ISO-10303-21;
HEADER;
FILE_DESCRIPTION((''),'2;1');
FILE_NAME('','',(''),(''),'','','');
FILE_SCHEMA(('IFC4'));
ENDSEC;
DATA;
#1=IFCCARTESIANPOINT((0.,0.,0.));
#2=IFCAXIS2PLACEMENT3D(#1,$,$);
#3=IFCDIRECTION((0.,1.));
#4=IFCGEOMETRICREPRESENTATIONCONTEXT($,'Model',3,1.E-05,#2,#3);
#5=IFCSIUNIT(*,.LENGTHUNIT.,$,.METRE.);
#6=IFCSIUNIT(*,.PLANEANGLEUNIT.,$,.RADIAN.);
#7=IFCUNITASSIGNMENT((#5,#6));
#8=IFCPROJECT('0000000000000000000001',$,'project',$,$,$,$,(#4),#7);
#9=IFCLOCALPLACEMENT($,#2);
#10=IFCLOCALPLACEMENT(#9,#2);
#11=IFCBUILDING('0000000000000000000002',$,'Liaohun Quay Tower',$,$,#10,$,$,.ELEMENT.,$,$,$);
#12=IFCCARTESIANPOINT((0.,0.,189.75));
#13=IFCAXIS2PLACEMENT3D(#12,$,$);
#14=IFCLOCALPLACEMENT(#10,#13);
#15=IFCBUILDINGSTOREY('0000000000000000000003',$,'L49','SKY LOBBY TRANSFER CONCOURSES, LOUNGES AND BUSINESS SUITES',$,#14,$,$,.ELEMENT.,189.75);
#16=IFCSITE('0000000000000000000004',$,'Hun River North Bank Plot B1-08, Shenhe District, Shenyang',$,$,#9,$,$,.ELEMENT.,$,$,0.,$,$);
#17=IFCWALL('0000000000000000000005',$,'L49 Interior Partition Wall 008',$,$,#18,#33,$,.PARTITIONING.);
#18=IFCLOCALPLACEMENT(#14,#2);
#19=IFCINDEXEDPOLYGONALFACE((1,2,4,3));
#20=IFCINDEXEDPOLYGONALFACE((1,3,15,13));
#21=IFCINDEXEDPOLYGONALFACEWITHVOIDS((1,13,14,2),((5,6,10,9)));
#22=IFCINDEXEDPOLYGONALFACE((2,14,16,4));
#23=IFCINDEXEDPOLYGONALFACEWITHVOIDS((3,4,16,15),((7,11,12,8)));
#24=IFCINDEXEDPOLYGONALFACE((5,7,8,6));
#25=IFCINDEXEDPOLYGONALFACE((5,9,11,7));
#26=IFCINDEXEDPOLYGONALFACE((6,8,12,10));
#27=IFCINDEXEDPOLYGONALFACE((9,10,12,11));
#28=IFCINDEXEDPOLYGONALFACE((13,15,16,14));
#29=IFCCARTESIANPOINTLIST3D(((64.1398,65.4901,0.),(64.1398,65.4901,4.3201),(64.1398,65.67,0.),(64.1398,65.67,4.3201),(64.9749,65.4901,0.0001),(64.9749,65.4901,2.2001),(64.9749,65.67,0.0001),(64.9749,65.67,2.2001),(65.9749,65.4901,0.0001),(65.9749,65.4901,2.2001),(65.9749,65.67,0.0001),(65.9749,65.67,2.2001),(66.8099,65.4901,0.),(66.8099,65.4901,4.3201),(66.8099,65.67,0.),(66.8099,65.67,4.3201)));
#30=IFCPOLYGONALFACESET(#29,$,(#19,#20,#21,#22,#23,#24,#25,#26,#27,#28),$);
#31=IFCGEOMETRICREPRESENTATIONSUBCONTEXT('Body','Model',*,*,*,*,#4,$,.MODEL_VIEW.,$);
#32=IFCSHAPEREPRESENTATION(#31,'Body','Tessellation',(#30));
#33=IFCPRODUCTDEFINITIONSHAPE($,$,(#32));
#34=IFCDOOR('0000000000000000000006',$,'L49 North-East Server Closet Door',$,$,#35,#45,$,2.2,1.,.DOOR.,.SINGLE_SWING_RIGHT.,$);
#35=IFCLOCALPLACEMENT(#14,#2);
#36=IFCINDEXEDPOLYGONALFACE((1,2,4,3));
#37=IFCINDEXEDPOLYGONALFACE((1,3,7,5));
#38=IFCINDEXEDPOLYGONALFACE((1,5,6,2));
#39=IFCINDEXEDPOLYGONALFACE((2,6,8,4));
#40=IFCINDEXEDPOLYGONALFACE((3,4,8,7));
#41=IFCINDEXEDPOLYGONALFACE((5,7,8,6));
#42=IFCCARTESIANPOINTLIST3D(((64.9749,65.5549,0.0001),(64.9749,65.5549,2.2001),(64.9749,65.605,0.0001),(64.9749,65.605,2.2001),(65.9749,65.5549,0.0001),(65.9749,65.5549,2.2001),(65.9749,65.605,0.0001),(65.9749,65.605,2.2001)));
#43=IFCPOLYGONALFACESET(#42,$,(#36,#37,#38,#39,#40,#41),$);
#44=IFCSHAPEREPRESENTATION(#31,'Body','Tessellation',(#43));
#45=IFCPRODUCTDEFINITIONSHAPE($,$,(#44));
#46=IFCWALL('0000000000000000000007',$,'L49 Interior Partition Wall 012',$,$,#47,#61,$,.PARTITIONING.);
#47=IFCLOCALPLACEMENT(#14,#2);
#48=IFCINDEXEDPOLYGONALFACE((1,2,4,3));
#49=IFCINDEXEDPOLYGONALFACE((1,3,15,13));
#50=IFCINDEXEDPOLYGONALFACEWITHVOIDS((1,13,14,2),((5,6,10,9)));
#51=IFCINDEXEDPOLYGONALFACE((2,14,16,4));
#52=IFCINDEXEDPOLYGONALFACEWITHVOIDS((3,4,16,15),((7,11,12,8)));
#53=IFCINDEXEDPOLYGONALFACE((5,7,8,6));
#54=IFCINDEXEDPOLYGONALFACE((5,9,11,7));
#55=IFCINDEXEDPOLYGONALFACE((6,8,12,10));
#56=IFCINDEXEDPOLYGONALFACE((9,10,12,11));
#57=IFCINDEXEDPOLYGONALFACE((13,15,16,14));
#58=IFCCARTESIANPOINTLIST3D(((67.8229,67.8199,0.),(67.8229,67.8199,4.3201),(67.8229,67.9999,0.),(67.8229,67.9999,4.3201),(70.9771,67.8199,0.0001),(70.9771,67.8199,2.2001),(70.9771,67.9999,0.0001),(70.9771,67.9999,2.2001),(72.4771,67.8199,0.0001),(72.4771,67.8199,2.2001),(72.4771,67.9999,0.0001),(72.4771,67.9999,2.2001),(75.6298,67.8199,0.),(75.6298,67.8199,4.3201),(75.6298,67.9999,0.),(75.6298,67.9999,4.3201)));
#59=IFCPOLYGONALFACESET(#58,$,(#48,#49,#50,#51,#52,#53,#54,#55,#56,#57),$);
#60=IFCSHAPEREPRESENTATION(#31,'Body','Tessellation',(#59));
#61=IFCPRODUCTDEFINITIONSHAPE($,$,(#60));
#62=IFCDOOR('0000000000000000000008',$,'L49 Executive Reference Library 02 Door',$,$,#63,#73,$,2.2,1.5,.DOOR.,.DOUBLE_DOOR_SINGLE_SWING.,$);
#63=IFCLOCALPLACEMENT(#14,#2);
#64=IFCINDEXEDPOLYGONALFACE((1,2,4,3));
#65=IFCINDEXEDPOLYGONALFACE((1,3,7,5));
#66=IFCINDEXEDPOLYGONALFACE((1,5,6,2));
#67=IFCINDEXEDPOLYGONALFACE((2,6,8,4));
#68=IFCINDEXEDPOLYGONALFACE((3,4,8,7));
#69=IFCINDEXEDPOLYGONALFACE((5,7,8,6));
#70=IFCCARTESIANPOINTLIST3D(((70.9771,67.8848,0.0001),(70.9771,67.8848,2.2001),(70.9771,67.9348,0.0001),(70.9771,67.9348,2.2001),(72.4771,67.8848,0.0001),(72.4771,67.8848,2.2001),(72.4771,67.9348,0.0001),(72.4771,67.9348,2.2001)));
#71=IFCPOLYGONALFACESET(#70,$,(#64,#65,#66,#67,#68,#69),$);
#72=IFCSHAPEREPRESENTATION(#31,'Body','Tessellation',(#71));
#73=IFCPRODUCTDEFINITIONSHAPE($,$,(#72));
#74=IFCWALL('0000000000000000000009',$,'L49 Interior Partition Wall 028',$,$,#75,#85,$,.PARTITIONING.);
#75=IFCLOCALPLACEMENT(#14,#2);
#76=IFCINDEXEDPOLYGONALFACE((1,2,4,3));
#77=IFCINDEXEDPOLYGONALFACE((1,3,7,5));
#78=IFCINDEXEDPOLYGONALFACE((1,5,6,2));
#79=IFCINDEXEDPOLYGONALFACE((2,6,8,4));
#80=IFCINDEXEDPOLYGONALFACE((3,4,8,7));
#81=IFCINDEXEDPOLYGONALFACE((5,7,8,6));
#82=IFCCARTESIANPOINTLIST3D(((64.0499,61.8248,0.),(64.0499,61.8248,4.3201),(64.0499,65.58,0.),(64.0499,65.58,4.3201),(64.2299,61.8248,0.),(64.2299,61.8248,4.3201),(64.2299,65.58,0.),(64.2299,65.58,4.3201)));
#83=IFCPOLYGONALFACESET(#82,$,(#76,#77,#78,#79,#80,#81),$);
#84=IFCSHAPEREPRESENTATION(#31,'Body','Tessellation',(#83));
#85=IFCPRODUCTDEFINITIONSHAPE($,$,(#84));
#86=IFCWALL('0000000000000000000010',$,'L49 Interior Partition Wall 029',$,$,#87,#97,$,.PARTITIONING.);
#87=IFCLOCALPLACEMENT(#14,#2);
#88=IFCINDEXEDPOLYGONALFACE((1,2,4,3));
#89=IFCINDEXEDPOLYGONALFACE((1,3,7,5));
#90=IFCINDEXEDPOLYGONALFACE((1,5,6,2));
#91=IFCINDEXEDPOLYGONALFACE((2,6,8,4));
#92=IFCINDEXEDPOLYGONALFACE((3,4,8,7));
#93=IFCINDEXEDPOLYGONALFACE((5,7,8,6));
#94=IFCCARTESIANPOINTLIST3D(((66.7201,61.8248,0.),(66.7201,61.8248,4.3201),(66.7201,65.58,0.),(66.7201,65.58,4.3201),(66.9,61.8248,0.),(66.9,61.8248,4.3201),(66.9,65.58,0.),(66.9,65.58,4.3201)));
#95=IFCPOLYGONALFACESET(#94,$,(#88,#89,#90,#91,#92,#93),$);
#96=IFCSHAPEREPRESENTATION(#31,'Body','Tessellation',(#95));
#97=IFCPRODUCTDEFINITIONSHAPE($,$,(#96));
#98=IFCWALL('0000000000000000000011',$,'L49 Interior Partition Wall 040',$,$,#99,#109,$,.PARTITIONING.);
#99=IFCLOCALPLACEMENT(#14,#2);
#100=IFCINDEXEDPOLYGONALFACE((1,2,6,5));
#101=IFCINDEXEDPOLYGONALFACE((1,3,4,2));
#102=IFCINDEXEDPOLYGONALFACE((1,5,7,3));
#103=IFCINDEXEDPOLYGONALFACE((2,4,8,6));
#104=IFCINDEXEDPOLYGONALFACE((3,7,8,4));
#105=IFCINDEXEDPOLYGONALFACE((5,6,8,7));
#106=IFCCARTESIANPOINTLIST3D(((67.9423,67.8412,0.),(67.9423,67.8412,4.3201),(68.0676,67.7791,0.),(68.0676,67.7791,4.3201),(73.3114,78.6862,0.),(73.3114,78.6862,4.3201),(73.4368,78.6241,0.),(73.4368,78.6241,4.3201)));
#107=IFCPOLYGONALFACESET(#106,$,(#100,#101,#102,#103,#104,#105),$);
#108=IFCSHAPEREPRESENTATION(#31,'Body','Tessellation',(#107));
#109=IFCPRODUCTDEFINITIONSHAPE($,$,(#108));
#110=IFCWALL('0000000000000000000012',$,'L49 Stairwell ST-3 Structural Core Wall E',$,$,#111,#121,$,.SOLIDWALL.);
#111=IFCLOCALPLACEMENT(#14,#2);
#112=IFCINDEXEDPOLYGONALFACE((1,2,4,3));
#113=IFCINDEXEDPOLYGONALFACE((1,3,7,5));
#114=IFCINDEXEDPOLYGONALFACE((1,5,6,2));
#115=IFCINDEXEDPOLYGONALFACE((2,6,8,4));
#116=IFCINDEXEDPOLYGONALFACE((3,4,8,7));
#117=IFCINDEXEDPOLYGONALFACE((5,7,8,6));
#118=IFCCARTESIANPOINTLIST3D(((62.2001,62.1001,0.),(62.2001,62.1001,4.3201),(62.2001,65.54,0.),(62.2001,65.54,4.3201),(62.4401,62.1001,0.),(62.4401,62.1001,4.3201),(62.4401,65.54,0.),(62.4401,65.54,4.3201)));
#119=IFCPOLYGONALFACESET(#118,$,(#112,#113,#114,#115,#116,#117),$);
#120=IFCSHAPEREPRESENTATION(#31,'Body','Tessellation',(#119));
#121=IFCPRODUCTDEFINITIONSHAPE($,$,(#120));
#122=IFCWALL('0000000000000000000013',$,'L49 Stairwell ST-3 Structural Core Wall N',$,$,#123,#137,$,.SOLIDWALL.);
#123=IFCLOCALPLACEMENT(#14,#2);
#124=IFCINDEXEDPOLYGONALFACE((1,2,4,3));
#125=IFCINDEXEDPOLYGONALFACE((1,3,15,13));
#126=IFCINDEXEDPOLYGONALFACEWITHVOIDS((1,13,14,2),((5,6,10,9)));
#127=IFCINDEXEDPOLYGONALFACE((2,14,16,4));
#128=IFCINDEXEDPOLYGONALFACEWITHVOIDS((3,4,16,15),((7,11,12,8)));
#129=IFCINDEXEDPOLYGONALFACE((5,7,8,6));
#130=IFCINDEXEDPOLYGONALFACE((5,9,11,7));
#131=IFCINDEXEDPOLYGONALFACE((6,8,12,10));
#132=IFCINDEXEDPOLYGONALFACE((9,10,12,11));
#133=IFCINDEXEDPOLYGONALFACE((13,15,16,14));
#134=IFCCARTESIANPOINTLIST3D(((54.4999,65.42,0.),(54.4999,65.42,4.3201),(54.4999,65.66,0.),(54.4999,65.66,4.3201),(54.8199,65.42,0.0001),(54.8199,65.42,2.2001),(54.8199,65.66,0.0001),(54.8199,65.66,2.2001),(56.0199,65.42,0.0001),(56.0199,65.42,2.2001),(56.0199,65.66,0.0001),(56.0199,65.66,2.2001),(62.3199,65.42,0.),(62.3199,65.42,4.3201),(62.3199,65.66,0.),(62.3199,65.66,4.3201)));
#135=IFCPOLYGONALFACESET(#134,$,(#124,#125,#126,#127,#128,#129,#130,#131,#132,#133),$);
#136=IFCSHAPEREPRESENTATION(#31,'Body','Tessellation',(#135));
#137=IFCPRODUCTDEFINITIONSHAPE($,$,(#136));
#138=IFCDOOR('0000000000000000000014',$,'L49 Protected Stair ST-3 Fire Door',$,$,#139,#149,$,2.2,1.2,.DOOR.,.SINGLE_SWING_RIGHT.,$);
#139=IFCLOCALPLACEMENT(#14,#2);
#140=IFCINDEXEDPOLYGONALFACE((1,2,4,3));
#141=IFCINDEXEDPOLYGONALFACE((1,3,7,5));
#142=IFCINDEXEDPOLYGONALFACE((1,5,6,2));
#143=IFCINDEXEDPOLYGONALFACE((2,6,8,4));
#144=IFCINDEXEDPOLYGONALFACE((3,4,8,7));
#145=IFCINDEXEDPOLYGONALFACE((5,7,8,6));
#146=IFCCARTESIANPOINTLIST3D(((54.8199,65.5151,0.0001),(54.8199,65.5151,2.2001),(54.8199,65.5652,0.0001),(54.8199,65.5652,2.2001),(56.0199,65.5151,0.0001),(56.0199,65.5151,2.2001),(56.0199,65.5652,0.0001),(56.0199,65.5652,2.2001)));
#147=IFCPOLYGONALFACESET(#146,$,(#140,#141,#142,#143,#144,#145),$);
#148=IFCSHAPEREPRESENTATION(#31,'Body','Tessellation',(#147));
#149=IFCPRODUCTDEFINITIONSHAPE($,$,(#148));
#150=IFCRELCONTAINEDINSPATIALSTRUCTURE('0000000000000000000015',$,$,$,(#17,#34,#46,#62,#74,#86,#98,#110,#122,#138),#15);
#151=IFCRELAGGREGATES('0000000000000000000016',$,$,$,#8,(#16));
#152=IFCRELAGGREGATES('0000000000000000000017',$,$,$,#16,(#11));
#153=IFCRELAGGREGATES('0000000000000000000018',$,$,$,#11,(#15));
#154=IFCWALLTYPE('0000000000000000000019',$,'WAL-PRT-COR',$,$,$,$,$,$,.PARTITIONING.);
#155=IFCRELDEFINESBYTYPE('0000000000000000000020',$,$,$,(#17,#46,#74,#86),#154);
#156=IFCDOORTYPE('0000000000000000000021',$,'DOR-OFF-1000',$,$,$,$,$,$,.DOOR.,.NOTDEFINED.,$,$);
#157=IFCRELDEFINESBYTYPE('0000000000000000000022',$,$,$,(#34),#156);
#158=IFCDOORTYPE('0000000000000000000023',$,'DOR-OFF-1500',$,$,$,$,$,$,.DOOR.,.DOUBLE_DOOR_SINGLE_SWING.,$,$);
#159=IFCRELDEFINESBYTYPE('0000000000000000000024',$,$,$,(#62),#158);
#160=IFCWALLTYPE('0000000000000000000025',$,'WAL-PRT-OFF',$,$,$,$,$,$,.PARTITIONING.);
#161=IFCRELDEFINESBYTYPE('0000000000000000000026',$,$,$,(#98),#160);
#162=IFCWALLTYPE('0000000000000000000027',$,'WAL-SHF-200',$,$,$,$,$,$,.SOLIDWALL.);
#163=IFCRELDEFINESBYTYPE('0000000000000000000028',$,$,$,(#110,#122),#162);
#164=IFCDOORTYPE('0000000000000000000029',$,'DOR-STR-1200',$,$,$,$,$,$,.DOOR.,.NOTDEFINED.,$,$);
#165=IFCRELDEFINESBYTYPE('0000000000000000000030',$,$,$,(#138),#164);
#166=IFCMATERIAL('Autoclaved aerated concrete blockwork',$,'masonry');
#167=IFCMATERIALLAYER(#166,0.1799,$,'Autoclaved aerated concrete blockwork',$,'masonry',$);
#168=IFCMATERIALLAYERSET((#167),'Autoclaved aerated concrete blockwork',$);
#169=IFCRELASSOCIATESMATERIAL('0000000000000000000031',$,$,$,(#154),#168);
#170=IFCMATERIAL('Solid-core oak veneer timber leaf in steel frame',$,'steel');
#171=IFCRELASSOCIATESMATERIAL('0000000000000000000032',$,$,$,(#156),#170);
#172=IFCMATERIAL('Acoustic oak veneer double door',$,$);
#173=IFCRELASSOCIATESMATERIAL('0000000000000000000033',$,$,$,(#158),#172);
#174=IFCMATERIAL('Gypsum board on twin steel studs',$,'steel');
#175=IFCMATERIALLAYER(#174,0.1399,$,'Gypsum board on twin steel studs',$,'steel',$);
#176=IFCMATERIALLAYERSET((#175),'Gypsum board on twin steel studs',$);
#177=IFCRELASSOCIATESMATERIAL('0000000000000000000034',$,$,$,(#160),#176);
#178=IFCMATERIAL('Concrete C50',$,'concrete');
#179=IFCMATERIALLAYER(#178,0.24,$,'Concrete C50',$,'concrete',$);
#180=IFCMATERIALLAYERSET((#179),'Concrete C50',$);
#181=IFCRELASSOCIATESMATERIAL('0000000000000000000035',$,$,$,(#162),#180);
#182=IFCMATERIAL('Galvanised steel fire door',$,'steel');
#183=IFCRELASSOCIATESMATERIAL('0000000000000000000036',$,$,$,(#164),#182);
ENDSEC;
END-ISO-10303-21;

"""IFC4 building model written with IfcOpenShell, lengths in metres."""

from ifc_helpers import new_model, si_unit, direction, frame, frame_2d, origin, place, context, subcontext, project, spatial, rectangle, extrude, source, transform, mapped, material, layer, layer_set, type_object, element, fill, save


model = new_model("IFC4")

# Units and contexts
model_context = context("Model", 3, precision=1e-05, world=origin(), true_north=direction((0.0, 1.0)))
body_context = subcontext(model_context, "Body", "Model", "MODEL_VIEW")
ifc_project = project(units=[si_unit("LENGTHUNIT", "METRE"), si_unit("PLANEANGLEUNIT", "RADIAN")], contexts=[model_context])

# Site, building, storey
site_placement = place(None, origin())
site = spatial("IfcSite", under=ifc_project, at=site_placement, Name="Hun River North Bank Plot B1-08, Shenhe District, Shenyang", CompositionType="ELEMENT", RefElevation=0.0)
building_placement = place(site_placement, origin())
building = spatial("IfcBuilding", under=site, at=building_placement, Name="Liaohun Quay Tower", CompositionType="ELEMENT")
storey_placement = place(building_placement, frame((0.0, 0.0, 189.75)))
storey = spatial("IfcBuildingStorey", under=building, at=storey_placement, Name="L49", Description="SKY LOBBY TRANSFER CONCOURSES, LOUNGES AND BUSINESS SUITES", CompositionType="ELEMENT", Elevation=189.75)

# Walls, openings, doors
ifc_material_1 = material(Name="Autoclaved aerated concrete blockwork", Category="masonry")
ifc_layer_1 = layer(ifc_material_1, 0.1799, Name="Autoclaved aerated concrete blockwork", Category="masonry")
ifc_layer_set_1 = layer_set([ifc_layer_1], Name="Autoclaved aerated concrete blockwork")
wall_type_1 = type_object("IfcWallType", Name="WAL-PRT-COR", PredefinedType="PARTITIONING", material=ifc_layer_set_1)
wall_1_placement = place(storey_placement, frame((64.1399, 65.5801, 0.0), z_axis=(0.0, 0.0, 1.0), x_axis=(1.0, 0.0, 0.0)))
wall_1 = element("IfcWall", 1, at=wall_1_placement, inside=storey, type_object=wall_type_1, Name="L49 Interior Partition Wall 008", PredefinedType="PARTITIONING", context=body_context, shape_type="SweptSolid", body=[
    extrude(rectangle(XDim=2.6702, YDim=0.1799, at=frame_2d((1.335, 0.0))), origin(), (0.0, 0.0, 1.0), 4.3201),
])
shared_shape_1 = source(origin(), body_context, "Body", "SweptSolid", [
    extrude(rectangle(XDim=1.0, YDim=2.2, at=frame_2d((0.5, 1.1001))), frame((0.0, 0.0999, 0.0), z_axis=(0.0, -1.0, 0.0), x_axis=(1.0, 0.0, 0.0)), (0.0, 0.0, 1.0), 0.2),
])
opening_1_placement = place(wall_1_placement, frame((0.835, 0.0, 0.0)))
opening_1 = element("IfcOpeningElement", 2, at=opening_1_placement, cuts=wall_1, PredefinedType="OPENING", context=body_context, shape_type="MappedRepresentation", body=[
    mapped(shared_shape_1, transform((0.0, 0.0, 0.0), x_axis=(1.0, 0.0, 0.0), y_axis=(0.0, 1.0, 0.0), z_axis=(0.0, 0.0, 1.0), scale=1.0)),
])
ifc_material_2 = material(Name="Solid-core oak veneer timber leaf in steel frame", Category="steel")
door_type_1 = type_object("IfcDoorType", Name="DOR-OFF-1000", OperationType="NOTDEFINED", PredefinedType="DOOR", material=ifc_material_2)
shared_shape_2 = source(origin(), body_context, "Body", "SweptSolid", [
    extrude(rectangle(XDim=1.0, YDim=2.2, at=frame_2d((0.5, 1.1001))), frame((0.0, 0.0249, 0.0), z_axis=(0.0, -1.0, 0.0), x_axis=(1.0, 0.0, 0.0)), (0.0, 0.0, 1.0), 0.05),
])
door_1_placement = place(opening_1_placement, origin())
door_1 = element("IfcDoor", 3, at=door_1_placement, inside=storey, type_object=door_type_1, Name="L49 North-East Server Closet Door", OperationType="SINGLE_SWING_RIGHT", OverallHeight=2.2, OverallWidth=1.0, PredefinedType="DOOR", context=body_context, shape_type="MappedRepresentation", body=[
    mapped(shared_shape_2, transform((0.0, 0.0, 0.0), x_axis=(1.0, 0.0, 0.0), y_axis=(0.0, 1.0, 0.0), z_axis=(0.0, 0.0, 1.0), scale=1.0)),
])
fill(opening_1, door_1)
wall_2_placement = place(storey_placement, frame((67.823, 67.9099, 0.0), z_axis=(0.0, 0.0, 1.0), x_axis=(1.0, 0.0, 0.0)))
wall_2 = element("IfcWall", 4, at=wall_2_placement, inside=storey, type_object=wall_type_1, Name="L49 Interior Partition Wall 012", PredefinedType="PARTITIONING", context=body_context, shape_type="SweptSolid", body=[
    extrude(rectangle(XDim=7.8069, YDim=0.1799, at=frame_2d((3.9033, 0.0))), origin(), (0.0, 0.0, 1.0), 4.3201),
])
shared_shape_3 = source(origin(), body_context, "Body", "SweptSolid", [
    extrude(rectangle(XDim=1.5, YDim=2.2, at=frame_2d((0.75, 1.1001))), frame((0.0, 0.0999, 0.0), z_axis=(0.0, -1.0, 0.0), x_axis=(1.0, 0.0, 0.0)), (0.0, 0.0, 1.0), 0.2),
])
opening_2_placement = place(wall_2_placement, frame((3.1541, 0.0, 0.0)))
opening_2 = element("IfcOpeningElement", 5, at=opening_2_placement, cuts=wall_2, PredefinedType="OPENING", context=body_context, shape_type="MappedRepresentation", body=[
    mapped(shared_shape_3, transform((0.0, 0.0, 0.0), x_axis=(1.0, 0.0, 0.0), y_axis=(0.0, 1.0, 0.0), z_axis=(0.0, 0.0, 1.0), scale=1.0)),
])
ifc_material_3 = material(Name="Acoustic oak veneer double door")
door_type_2 = type_object("IfcDoorType", Name="DOR-OFF-1500", OperationType="DOUBLE_DOOR_SINGLE_SWING", PredefinedType="DOOR", material=ifc_material_3)
shared_shape_4 = source(origin(), body_context, "Body", "SweptSolid", [
    extrude(rectangle(XDim=1.5, YDim=2.2, at=frame_2d((0.75, 1.1001))), frame((0.0, 0.0249, 0.0), z_axis=(0.0, -1.0, 0.0), x_axis=(1.0, 0.0, 0.0)), (0.0, 0.0, 1.0), 0.05),
])
door_2_placement = place(opening_2_placement, origin())
door_2 = element("IfcDoor", 6, at=door_2_placement, inside=storey, type_object=door_type_2, Name="L49 Executive Reference Library 02 Door", OperationType="DOUBLE_DOOR_SINGLE_SWING", OverallHeight=2.2, OverallWidth=1.5, PredefinedType="DOOR", context=body_context, shape_type="MappedRepresentation", body=[
    mapped(shared_shape_4, transform((0.0, 0.0, 0.0), x_axis=(1.0, 0.0, 0.0), y_axis=(0.0, 1.0, 0.0), z_axis=(0.0, 0.0, 1.0), scale=1.0)),
])
fill(opening_2, door_2)

# Walls
for number, where, z_axis, x_axis, name in (
    (7, (64.1399, 61.825, 0.0), (0.0, 0.0, 1.0), (0.0, 1.0, 0.0), "L49 Interior Partition Wall 028"),
    (8, (66.8101, 61.825, 0.0), (0.0, 0.0, 1.0), (0.0, 1.0, 0.0), "L49 Interior Partition Wall 029"),
):
    element("IfcWall", number, at=place(storey_placement, frame(where, z_axis=z_axis, x_axis=x_axis)), inside=storey, type_object=wall_type_1, Name=name, PredefinedType="PARTITIONING", context=body_context, shape_type="SweptSolid", body=[
        extrude(rectangle(XDim=3.7551, YDim=0.1799, at=frame_2d((1.8774, 0.0))), origin(), (0.0, 0.0, 1.0), 4.3201),
    ])
ifc_material_4 = material(Name="Gypsum board on twin steel studs", Category="steel")
ifc_layer_2 = layer(ifc_material_4, 0.1399, Name="Gypsum board on twin steel studs", Category="steel")
ifc_layer_set_2 = layer_set([ifc_layer_2], Name="Gypsum board on twin steel studs")
wall_type_2 = type_object("IfcWallType", Name="WAL-PRT-OFF", PredefinedType="PARTITIONING", material=ifc_layer_set_2)
wall_3_placement = place(storey_placement, frame((68.0049, 67.8101, 0.0), z_axis=(0.0, 0.0, 1.0), x_axis=(0.443684, 0.896184, 0.0)))
element("IfcWall", 9, at=wall_3_placement, inside=storey, type_object=wall_type_2, Name="L49 Interior Partition Wall 040", PredefinedType="PARTITIONING", context=body_context, shape_type="SweptSolid", body=[
    extrude(rectangle(XDim=12.1013, YDim=0.1399, at=frame_2d((6.0508, 0.0))), origin(), (0.0, 0.0, 1.0), 4.3201),
])
ifc_material_5 = material(Name="Concrete C50", Category="concrete")
ifc_layer_3 = layer(ifc_material_5, 0.24, Name="Concrete C50", Category="concrete")
ifc_layer_set_3 = layer_set([ifc_layer_3], Name="Concrete C50")
wall_type_3 = type_object("IfcWallType", Name="WAL-SHF-200", PredefinedType="SOLIDWALL", material=ifc_layer_set_3)
wall_4_placement = place(storey_placement, frame((62.3201, 62.1001, 0.0), z_axis=(0.0, 0.0, 1.0), x_axis=(0.0, 1.0, 0.0)))
element("IfcWall", 10, at=wall_4_placement, inside=storey, type_object=wall_type_3, Name="L49 Stairwell ST-3 Structural Core Wall E", PredefinedType="SOLIDWALL", context=body_context, shape_type="SweptSolid", body=[
    extrude(rectangle(XDim=3.4399, YDim=0.24, at=frame_2d((1.72, 0.0))), origin(), (0.0, 0.0, 1.0), 4.3201),
])

# Wall, opening, door
wall_5_placement = place(storey_placement, frame((62.3201, 65.54, 0.0), z_axis=(0.0, 0.0, 1.0), x_axis=(-1.0, 0.0, 0.0)))
wall_5 = element("IfcWall", 11, at=wall_5_placement, inside=storey, type_object=wall_type_3, Name="L49 Stairwell ST-3 Structural Core Wall N", PredefinedType="SOLIDWALL", context=body_context, shape_type="SweptSolid", body=[
    extrude(rectangle(XDim=7.8201, YDim=0.24, at=frame_2d((3.9102, 0.0))), origin(), (0.0, 0.0, 1.0), 4.3201),
])
shared_shape_5 = source(origin(), body_context, "Body", "SweptSolid", [
    extrude(rectangle(XDim=1.2, YDim=2.2, at=frame_2d((0.6001, 1.1001))), frame((0.0, 0.1299, 0.0), z_axis=(0.0, -1.0, 0.0), x_axis=(1.0, 0.0, 0.0)), (0.0, 0.0, 1.0), 0.26),
])
opening_3_placement = place(wall_5_placement, frame((6.3, 0.0, 0.0)))
opening_3 = element("IfcOpeningElement", 12, at=opening_3_placement, cuts=wall_5, PredefinedType="OPENING", context=body_context, shape_type="MappedRepresentation", body=[
    mapped(shared_shape_5, transform((0.0, 0.0, 0.0), x_axis=(1.0, 0.0, 0.0), y_axis=(0.0, 1.0, 0.0), z_axis=(0.0, 0.0, 1.0), scale=1.0)),
])
ifc_material_6 = material(Name="Galvanised steel fire door", Category="steel")
door_type_3 = type_object("IfcDoorType", Name="DOR-STR-1200", OperationType="NOTDEFINED", PredefinedType="DOOR", material=ifc_material_6)
shared_shape_6 = source(origin(), body_context, "Body", "SweptSolid", [
    extrude(rectangle(XDim=1.2, YDim=2.2, at=frame_2d((0.6001, 1.1001))), frame((0.0, 0.0249, 0.0), z_axis=(0.0, -1.0, 0.0), x_axis=(1.0, 0.0, 0.0)), (0.0, 0.0, 1.0), 0.05),
])
door_3_placement = place(opening_3_placement, origin())
door_3 = element("IfcDoor", 13, at=door_3_placement, inside=storey, type_object=door_type_3, Name="L49 Protected Stair ST-3 Fire Door", OperationType="SINGLE_SWING_RIGHT", OverallHeight=2.2, OverallWidth=1.2, PredefinedType="DOOR", context=body_context, shape_type="MappedRepresentation", body=[
    mapped(shared_shape_6, transform((0.0, 0.0, 0.0), x_axis=(1.0, 0.0, 0.0), y_axis=(0.0, 1.0, 0.0), z_axis=(0.0, 0.0, 1.0), scale=1.0)),
])
fill(opening_3, door_3)

save(model, "model.ifc")
